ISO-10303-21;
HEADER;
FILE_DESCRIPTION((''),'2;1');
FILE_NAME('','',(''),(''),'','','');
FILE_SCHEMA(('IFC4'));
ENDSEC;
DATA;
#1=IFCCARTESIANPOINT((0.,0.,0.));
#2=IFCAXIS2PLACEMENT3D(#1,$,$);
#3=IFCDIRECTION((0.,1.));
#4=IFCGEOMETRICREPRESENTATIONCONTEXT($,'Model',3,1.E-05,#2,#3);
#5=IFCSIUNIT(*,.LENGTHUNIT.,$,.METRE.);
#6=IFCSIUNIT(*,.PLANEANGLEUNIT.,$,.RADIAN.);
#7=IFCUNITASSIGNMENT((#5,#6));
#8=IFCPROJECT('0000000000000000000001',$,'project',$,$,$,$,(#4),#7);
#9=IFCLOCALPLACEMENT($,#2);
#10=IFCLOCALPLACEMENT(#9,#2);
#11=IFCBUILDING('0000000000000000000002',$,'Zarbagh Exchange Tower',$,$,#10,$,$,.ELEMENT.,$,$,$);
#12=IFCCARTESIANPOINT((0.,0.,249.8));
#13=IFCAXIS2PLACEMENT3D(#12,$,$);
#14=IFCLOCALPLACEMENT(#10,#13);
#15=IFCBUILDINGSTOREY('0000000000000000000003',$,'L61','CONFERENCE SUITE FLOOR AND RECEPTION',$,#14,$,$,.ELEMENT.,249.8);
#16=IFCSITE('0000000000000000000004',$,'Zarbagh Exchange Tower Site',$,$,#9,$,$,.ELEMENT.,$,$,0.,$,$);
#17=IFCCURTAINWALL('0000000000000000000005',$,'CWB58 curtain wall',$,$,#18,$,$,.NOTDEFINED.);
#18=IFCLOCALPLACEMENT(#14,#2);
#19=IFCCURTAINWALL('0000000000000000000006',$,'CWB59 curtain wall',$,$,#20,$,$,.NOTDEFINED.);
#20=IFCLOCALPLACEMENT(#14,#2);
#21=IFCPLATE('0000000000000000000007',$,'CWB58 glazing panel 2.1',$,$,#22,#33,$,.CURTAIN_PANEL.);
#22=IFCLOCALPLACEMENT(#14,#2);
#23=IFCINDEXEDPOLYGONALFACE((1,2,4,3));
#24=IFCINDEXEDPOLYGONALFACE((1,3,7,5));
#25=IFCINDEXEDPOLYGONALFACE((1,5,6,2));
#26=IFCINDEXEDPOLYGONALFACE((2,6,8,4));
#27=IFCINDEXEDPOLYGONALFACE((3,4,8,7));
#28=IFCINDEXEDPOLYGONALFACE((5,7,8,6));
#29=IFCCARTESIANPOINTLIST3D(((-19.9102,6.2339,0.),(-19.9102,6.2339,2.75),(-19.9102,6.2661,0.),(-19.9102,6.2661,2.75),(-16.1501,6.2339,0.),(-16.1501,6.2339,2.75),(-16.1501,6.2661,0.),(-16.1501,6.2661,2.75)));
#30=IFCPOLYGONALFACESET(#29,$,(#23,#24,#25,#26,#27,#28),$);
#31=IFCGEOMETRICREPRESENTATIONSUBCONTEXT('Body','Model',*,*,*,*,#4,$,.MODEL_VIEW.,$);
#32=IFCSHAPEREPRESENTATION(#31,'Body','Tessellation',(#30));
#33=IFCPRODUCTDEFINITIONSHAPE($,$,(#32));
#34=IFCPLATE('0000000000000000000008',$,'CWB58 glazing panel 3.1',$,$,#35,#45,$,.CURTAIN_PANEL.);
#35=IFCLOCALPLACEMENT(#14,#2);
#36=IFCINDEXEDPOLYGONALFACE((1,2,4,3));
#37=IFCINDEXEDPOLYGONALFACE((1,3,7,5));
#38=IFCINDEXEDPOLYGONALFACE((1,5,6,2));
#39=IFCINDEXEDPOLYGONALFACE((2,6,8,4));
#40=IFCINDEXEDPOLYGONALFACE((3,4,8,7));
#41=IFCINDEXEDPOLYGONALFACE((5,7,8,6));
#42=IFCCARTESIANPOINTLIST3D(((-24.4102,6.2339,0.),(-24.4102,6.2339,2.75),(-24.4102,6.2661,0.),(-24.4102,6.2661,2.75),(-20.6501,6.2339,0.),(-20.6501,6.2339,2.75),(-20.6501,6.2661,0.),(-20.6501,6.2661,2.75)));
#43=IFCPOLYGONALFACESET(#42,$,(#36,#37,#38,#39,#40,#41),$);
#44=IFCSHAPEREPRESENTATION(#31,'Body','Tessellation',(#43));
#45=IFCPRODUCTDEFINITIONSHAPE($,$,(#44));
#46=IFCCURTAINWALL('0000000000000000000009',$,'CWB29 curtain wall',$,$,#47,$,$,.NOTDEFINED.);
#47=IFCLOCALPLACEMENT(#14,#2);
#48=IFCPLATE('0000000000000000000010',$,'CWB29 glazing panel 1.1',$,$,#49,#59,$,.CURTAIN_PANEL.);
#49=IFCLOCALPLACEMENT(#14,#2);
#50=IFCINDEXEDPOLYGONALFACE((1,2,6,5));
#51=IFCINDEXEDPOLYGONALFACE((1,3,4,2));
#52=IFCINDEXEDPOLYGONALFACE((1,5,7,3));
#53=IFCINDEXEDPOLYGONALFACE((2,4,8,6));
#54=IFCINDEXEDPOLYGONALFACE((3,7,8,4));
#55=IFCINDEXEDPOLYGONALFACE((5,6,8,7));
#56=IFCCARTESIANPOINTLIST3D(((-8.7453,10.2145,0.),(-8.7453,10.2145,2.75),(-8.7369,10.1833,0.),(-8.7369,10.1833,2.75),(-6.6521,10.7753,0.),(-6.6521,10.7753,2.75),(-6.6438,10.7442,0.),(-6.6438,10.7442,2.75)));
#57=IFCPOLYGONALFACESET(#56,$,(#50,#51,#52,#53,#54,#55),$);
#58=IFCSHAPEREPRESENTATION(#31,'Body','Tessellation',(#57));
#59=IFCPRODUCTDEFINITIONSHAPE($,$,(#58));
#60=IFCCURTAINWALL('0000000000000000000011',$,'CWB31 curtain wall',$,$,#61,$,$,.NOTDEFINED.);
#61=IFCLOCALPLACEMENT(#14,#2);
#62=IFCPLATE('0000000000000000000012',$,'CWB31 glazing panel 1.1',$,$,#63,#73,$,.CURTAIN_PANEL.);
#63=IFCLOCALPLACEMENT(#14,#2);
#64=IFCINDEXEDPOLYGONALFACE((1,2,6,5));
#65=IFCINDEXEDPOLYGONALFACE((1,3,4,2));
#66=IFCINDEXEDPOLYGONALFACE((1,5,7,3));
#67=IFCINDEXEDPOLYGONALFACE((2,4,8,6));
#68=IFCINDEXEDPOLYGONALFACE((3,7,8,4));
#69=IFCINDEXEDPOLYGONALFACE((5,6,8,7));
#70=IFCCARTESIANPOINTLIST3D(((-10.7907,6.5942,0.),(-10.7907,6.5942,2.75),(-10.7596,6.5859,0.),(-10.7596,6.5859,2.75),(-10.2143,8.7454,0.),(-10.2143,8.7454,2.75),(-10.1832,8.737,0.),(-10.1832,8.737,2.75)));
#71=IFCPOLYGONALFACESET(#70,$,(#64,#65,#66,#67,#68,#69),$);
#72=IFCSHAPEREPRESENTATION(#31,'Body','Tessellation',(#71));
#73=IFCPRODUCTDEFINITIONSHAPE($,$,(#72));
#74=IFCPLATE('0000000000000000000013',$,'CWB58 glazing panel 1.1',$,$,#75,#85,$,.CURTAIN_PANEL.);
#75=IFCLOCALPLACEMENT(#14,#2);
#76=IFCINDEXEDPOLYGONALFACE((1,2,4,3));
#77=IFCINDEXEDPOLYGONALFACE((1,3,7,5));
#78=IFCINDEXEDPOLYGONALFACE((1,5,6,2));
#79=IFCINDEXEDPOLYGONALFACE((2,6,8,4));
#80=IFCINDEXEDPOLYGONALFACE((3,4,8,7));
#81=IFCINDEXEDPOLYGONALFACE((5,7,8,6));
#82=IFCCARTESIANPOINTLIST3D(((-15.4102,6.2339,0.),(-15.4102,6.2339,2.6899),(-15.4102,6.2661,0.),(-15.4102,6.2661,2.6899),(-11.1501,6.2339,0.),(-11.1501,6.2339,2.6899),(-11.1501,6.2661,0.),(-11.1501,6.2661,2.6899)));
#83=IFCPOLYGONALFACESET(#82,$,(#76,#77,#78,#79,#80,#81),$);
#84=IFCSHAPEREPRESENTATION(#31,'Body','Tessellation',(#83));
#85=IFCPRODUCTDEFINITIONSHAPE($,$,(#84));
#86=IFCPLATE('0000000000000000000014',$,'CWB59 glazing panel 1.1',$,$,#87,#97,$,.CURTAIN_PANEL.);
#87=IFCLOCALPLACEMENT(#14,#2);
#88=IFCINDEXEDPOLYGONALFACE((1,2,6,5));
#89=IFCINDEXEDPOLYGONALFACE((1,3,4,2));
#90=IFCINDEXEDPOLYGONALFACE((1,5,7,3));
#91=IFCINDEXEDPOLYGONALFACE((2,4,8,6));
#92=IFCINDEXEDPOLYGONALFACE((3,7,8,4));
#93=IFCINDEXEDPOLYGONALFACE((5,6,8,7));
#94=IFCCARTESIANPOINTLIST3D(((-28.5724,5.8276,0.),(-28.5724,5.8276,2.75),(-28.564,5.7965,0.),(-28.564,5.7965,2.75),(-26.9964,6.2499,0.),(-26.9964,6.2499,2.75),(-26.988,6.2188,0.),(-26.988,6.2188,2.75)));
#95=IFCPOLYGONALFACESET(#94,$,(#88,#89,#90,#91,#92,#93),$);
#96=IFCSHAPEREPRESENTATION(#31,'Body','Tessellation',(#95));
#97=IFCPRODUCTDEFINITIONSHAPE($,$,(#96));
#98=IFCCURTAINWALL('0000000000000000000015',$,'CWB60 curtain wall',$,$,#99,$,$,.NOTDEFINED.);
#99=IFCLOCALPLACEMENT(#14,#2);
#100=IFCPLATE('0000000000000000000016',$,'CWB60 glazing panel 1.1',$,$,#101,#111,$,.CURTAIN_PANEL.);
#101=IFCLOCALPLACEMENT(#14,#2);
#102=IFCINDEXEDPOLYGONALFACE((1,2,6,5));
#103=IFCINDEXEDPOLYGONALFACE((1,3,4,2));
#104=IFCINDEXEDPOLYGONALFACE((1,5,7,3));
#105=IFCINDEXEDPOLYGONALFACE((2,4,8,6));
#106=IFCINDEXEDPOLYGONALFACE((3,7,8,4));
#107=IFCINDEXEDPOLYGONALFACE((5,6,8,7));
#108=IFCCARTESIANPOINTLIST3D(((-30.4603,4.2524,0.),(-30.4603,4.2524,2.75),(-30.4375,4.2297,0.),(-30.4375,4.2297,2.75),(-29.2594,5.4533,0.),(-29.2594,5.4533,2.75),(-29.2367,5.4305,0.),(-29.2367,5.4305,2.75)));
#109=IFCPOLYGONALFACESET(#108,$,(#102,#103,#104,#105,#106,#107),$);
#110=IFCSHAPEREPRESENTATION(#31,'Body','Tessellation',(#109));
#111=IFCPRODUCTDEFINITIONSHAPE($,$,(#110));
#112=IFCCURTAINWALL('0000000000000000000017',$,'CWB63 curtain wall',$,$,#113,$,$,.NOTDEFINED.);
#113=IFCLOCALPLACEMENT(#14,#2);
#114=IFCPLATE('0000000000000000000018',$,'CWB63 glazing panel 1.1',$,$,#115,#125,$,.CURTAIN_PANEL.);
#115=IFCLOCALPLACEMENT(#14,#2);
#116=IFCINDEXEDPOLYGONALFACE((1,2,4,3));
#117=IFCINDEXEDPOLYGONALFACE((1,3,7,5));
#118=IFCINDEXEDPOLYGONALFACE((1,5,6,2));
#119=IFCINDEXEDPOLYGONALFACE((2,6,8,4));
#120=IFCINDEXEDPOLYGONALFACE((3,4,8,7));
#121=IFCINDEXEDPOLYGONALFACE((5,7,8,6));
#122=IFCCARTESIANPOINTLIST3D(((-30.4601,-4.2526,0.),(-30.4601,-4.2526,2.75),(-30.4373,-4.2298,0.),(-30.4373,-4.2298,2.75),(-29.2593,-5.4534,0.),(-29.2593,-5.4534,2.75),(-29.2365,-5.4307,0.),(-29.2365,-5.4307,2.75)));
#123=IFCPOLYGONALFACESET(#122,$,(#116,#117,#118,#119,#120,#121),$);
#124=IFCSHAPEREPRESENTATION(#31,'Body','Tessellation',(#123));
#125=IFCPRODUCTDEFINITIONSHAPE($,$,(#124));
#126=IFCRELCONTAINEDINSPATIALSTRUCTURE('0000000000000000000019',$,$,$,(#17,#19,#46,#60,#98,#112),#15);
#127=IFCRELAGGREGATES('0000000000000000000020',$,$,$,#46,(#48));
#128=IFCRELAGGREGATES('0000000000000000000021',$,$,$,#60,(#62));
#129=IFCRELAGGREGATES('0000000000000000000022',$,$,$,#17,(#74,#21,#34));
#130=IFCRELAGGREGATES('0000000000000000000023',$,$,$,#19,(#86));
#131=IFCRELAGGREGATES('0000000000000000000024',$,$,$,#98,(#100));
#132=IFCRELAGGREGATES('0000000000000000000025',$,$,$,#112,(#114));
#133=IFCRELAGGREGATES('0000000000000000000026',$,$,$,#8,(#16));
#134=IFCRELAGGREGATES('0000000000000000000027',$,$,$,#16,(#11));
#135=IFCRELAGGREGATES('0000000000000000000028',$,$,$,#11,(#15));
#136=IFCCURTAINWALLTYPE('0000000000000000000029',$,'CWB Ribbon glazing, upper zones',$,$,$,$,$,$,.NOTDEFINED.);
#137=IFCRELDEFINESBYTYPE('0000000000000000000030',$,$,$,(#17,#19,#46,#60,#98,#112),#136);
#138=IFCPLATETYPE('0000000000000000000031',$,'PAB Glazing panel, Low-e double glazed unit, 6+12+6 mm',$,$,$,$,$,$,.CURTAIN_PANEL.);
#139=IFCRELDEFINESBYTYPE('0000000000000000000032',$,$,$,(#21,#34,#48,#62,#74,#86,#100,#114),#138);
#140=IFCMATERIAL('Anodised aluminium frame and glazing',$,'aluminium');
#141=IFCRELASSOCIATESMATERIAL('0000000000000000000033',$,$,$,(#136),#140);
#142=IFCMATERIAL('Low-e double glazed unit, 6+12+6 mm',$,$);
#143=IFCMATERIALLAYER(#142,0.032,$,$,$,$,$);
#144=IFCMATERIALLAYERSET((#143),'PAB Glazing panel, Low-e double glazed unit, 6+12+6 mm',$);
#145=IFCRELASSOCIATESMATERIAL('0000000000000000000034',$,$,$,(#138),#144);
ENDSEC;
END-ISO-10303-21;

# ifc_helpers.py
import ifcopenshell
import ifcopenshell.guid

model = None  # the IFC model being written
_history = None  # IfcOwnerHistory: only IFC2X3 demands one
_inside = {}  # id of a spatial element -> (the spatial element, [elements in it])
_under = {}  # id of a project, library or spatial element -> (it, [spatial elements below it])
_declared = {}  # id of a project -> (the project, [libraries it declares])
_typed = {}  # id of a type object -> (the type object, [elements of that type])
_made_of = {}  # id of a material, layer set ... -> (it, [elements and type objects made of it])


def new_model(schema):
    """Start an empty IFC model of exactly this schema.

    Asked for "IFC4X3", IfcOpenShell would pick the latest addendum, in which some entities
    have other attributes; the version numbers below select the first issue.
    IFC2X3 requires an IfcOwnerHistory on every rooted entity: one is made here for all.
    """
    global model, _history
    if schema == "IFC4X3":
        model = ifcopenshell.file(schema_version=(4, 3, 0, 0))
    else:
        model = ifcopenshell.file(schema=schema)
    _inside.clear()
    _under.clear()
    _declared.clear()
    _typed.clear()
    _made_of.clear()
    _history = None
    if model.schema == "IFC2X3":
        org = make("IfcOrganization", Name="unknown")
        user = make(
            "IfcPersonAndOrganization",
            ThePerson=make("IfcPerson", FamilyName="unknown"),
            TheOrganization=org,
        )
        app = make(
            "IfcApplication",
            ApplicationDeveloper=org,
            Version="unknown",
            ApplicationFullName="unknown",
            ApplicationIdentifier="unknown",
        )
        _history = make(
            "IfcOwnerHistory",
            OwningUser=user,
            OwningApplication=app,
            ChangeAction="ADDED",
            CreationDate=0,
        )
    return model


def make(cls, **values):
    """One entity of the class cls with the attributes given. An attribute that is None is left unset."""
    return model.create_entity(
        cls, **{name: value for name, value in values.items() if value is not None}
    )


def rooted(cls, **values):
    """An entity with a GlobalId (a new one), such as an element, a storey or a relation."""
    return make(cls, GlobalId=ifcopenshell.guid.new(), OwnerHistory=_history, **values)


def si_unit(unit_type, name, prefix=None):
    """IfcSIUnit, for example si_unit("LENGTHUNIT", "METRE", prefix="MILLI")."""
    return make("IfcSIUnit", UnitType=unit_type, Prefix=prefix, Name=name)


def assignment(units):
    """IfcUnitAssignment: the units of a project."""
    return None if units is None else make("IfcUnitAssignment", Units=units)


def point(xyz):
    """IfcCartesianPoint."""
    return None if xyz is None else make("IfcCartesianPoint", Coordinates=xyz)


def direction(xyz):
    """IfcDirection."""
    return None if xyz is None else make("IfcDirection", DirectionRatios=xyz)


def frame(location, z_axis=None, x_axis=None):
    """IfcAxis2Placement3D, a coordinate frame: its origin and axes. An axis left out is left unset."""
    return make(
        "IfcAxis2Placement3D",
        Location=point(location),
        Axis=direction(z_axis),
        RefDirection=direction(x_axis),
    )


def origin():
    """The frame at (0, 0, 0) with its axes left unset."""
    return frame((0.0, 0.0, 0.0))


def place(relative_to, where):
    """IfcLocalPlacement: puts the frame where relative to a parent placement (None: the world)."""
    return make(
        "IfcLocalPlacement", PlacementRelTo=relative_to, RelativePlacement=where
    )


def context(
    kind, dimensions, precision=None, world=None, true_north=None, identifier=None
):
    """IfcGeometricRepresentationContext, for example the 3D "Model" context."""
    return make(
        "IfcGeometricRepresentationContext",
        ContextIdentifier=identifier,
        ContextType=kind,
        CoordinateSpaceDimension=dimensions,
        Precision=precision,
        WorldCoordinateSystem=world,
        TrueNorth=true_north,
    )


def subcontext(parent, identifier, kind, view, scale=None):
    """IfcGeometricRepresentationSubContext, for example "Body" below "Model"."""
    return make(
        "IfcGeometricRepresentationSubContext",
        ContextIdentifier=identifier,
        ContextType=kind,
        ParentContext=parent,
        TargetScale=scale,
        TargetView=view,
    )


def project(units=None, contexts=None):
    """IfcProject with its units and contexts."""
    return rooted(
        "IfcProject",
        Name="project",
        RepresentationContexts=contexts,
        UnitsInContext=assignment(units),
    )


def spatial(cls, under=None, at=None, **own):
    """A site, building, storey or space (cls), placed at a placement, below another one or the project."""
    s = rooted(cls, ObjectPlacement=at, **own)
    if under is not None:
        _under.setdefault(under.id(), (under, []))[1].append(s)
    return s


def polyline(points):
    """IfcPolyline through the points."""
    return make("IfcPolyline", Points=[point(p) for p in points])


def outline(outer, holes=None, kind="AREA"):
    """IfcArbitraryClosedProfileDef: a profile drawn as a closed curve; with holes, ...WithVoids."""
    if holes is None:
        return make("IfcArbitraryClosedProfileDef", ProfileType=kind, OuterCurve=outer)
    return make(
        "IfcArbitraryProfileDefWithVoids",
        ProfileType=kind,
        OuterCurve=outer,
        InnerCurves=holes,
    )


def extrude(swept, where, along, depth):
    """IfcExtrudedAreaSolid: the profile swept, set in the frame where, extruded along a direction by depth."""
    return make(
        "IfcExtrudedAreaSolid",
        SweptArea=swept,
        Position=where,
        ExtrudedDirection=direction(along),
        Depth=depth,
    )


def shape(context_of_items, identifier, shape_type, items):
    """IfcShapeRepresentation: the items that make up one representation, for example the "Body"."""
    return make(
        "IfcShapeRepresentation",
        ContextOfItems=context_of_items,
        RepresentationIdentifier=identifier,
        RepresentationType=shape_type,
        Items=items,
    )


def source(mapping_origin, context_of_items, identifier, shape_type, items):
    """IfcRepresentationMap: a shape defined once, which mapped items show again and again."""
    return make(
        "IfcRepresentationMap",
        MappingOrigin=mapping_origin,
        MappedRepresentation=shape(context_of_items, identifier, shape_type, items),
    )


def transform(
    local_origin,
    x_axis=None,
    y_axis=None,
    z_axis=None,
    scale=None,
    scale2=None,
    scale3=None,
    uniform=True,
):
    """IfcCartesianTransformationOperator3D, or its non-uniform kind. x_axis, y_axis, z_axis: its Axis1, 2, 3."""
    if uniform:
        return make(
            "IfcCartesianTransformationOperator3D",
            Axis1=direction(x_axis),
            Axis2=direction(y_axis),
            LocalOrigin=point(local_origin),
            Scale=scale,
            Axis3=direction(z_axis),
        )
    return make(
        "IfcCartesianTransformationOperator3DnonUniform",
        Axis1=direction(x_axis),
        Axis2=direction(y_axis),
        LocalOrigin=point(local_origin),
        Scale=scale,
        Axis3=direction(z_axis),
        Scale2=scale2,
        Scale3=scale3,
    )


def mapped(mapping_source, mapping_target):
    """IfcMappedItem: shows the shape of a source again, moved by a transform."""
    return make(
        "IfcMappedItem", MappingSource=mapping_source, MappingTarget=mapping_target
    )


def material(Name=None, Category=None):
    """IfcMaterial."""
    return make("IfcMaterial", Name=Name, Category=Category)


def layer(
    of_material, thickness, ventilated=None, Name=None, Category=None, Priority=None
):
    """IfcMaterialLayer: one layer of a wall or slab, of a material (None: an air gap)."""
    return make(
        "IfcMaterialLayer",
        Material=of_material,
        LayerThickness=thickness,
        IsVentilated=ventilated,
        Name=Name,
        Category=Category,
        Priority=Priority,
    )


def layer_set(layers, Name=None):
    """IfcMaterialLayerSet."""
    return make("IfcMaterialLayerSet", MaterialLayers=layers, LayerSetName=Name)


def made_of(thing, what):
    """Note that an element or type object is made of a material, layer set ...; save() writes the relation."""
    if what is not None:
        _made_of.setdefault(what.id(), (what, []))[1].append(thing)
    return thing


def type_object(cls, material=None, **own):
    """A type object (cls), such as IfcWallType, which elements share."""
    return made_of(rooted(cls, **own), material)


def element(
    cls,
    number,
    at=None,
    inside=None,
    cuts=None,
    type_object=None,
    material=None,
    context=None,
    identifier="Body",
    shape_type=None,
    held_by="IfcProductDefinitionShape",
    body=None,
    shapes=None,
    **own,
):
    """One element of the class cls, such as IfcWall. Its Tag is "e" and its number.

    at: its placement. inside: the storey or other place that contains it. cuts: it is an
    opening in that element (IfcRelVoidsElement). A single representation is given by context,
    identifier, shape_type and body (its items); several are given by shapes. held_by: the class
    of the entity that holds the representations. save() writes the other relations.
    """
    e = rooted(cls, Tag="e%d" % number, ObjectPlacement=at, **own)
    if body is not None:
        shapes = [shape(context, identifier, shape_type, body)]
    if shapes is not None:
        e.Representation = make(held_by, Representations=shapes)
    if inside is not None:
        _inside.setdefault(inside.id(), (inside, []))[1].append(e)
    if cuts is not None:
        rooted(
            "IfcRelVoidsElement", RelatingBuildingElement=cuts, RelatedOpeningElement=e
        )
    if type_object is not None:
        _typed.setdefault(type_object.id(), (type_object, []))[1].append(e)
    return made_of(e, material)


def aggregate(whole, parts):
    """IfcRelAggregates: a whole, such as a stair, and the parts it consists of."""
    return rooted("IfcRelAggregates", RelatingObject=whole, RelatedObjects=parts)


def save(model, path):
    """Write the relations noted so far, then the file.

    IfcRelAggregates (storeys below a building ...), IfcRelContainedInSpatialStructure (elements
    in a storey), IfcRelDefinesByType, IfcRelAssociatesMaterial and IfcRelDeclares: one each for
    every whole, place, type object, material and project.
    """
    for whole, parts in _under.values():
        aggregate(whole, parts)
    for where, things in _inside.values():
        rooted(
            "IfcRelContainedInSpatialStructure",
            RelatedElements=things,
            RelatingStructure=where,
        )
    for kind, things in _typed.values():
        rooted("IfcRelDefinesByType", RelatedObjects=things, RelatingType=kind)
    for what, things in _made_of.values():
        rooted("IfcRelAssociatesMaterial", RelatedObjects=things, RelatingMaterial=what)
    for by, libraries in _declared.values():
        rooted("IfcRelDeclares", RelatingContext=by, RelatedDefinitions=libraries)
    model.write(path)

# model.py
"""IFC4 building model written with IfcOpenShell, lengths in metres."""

from ifc_helpers import new_model, si_unit, direction, frame, origin, place, context, subcontext, project, spatial, polyline, outline, extrude, source, transform, mapped, material, layer, layer_set, type_object, element, aggregate, save


model = new_model("IFC4")

# Units and contexts
model_context = context("Model", 3, precision=1e-05, world=origin(), true_north=direction((0.0, 1.0)))
body_context = subcontext(model_context, "Body", "Model", "MODEL_VIEW")
ifc_project = project(units=[si_unit("LENGTHUNIT", "METRE"), si_unit("PLANEANGLEUNIT", "RADIAN")], contexts=[model_context])

# Site, building, storey
site_placement = place(None, origin())
site = spatial("IfcSite", under=ifc_project, at=site_placement, Name="Zarbagh Exchange Tower Site", CompositionType="ELEMENT", RefElevation=0.0)
building_placement = place(site_placement, origin())
building = spatial("IfcBuilding", under=site, at=building_placement, Name="Zarbagh Exchange Tower", CompositionType="ELEMENT")
storey_placement = place(building_placement, frame((0.0, 0.0, 249.8)))
storey = spatial("IfcBuildingStorey", under=building, at=storey_placement, Name="L61", Description="CONFERENCE SUITE FLOOR AND RECEPTION", CompositionType="ELEMENT", Elevation=249.8)

# Curtain wall
ifc_material_1 = material(Name="Anodised aluminium frame and glazing", Category="aluminium")
curtain_wall_type = type_object("IfcCurtainWallType", Name="CWB Ribbon glazing, upper zones", PredefinedType="NOTDEFINED", material=ifc_material_1)
curtain_wall_1_placement = place(storey_placement, origin())
curtain_wall_1 = element("IfcCurtainWall", 1, at=curtain_wall_1_placement, inside=storey, type_object=curtain_wall_type, Name="CWB58 curtain wall", PredefinedType="NOTDEFINED")
placement = place(storey_placement, origin())

# Curtain wall
curtain_wall_2_placement = place(storey_placement, origin())
curtain_wall_2 = element("IfcCurtainWall", 2, at=curtain_wall_2_placement, inside=storey, type_object=curtain_wall_type, Name="CWB59 curtain wall", PredefinedType="NOTDEFINED")

# Shared definitions
ifc_material_2 = material(Name="Low-e double glazed unit, 6+12+6 mm")
ifc_layer = layer(ifc_material_2, 0.032)
ifc_layer_set = layer_set([ifc_layer], Name="PAB Glazing panel, Low-e double glazed unit, 6+12+6 mm")
plate_type = type_object("IfcPlateType", Name="PAB Glazing panel, Low-e double glazed unit, 6+12+6 mm", PredefinedType="CURTAIN_PANEL", material=ifc_layer_set)

# Plates
shared_shape_1 = source(origin(), body_context, "Body", "SweptSolid", [
    extrude(outline(polyline([(0.0, -0.0161), (3.76, -0.0161), (3.76, 0.0161), (0.0, 0.0161), (0.0, -0.0161)])), origin(), (0.0, 0.0, 1.0), 2.75),
])
plate_1 = element("IfcPlate", 3, at=placement, type_object=plate_type, Name="CWB58 glazing panel 2.1", PredefinedType="CURTAIN_PANEL", context=body_context, shape_type="MappedRepresentation", body=[
    mapped(shared_shape_1, transform((-16.1501, 6.25, 0.0), x_axis=(-1.0, 0.0, 0.0), y_axis=(0.0, -1.0, 0.0), z_axis=(0.0, 0.0, 1.0))),
])
plate_2 = element("IfcPlate", 4, at=placement, type_object=plate_type, Name="CWB58 glazing panel 3.1", PredefinedType="CURTAIN_PANEL", context=body_context, shape_type="MappedRepresentation", body=[
    mapped(shared_shape_1, transform((-20.6501, 6.25, 0.0), x_axis=(-1.0, 0.0, 0.0), y_axis=(0.0, -1.0, 0.0), z_axis=(0.0, 0.0, 1.0))),
])

# Curtain walls, plates
curtain_wall_3_placement = place(storey_placement, origin())
curtain_wall_3 = element("IfcCurtainWall", 5, at=curtain_wall_3_placement, inside=storey, type_object=curtain_wall_type, Name="CWB29 curtain wall", PredefinedType="NOTDEFINED")
shared_shape_2 = source(origin(), body_context, "Body", "SweptSolid", [
    extrude(outline(polyline([(0.0, -0.0161), (2.167, -0.0161), (2.167, 0.0161), (0.0, 0.0161), (0.0, -0.0161)])), origin(), (0.0, 0.0, 1.0), 2.75),
])
plate_3 = element("IfcPlate", 6, at=placement, type_object=plate_type, Name="CWB29 glazing panel 1.1", PredefinedType="CURTAIN_PANEL", context=body_context, shape_type="MappedRepresentation", body=[
    mapped(shared_shape_2, transform((-6.6479, 10.7598, 0.0), x_axis=(-0.965924, -0.258825, 0.0), y_axis=(0.258825, -0.965924, 0.0), z_axis=(0.0, 0.0, 1.0))),
])
aggregate(curtain_wall_3, [plate_3])
curtain_wall_4_placement = place(storey_placement, origin())
curtain_wall_4 = element("IfcCurtainWall", 7, at=curtain_wall_4_placement, inside=storey, type_object=curtain_wall_type, Name="CWB31 curtain wall", PredefinedType="NOTDEFINED")
shared_shape_3 = source(origin(), body_context, "Body", "SweptSolid", [
    extrude(outline(polyline([(0.0, -0.0161), (2.2271, -0.0161), (2.2271, 0.0161), (0.0, 0.0161), (0.0, -0.0161)])), origin(), (0.0, 0.0, 1.0), 2.75),
])
plate_4 = element("IfcPlate", 8, at=placement, type_object=plate_type, Name="CWB31 glazing panel 1.1", PredefinedType="CURTAIN_PANEL", context=body_context, shape_type="MappedRepresentation", body=[
    mapped(shared_shape_3, transform((-10.1987, 8.7412, 0.0), x_axis=(-0.258825, -0.965924, 0.0), y_axis=(0.965924, -0.258825, 0.0), z_axis=(0.0, 0.0, 1.0))),
])
aggregate(curtain_wall_4, [plate_4])

# Plates
shared_shape_4 = source(origin(), body_context, "Body", "SweptSolid", [
    extrude(outline(polyline([(0.0, -0.0161), (4.26, -0.0161), (4.26, 0.0161), (0.0, 0.0161), (0.0, -0.0161)])), origin(), (0.0, 0.0, 1.0), 2.6899),
])
plate_5 = element("IfcPlate", 9, at=placement, type_object=plate_type, Name="CWB58 glazing panel 1.1", PredefinedType="CURTAIN_PANEL", context=body_context, shape_type="MappedRepresentation", body=[
    mapped(shared_shape_4, transform((-11.1501, 6.25, 0.0), x_axis=(-1.0, 0.0, 0.0), y_axis=(0.0, -1.0, 0.0), z_axis=(0.0, 0.0, 1.0))),
])
aggregate(curtain_wall_1, [plate_5, plate_1, plate_2])
shared_shape_5 = source(origin(), body_context, "Body", "SweptSolid", [
    extrude(outline(polyline([(0.0, -0.0161), (1.6316, -0.0161), (1.6316, 0.0161), (0.0, 0.0161), (0.0, -0.0161)])), origin(), (0.0, 0.0, 1.0), 2.75),
])
plate_6 = element("IfcPlate", 10, at=placement, type_object=plate_type, Name="CWB59 glazing panel 1.1", PredefinedType="CURTAIN_PANEL", context=body_context, shape_type="MappedRepresentation", body=[
    mapped(shared_shape_5, transform((-26.9922, 6.2344, 0.0), x_axis=(-0.965924, -0.258825, 0.0), y_axis=(0.258825, -0.965924, 0.0), z_axis=(0.0, 0.0, 1.0))),
])
aggregate(curtain_wall_2, [plate_6])

# Curtain walls, plates
curtain_wall_5_placement = place(storey_placement, origin())
curtain_wall_5 = element("IfcCurtainWall", 11, at=curtain_wall_5_placement, inside=storey, type_object=curtain_wall_type, Name="CWB60 curtain wall", PredefinedType="NOTDEFINED")
shared_shape_6 = source(origin(), body_context, "Body", "SweptSolid", [
    extrude(outline(polyline([(0.0, -0.0161), (1.6982, -0.0161), (1.6982, 0.0161), (0.0, 0.0161), (0.0, -0.0161)])), origin(), (0.0, 0.0, 1.0), 2.75),
])
plate_7 = element("IfcPlate", 12, at=placement, type_object=plate_type, Name="CWB60 glazing panel 1.1", PredefinedType="CURTAIN_PANEL", context=body_context, shape_type="MappedRepresentation", body=[
    mapped(shared_shape_6, transform((-29.248, 5.4419, 0.0), x_axis=(-0.707107, -0.707107, 0.0), y_axis=(0.707107, -0.707107, 0.0), z_axis=(0.0, 0.0, 1.0))),
])
aggregate(curtain_wall_5, [plate_7])
curtain_wall_6_placement = place(storey_placement, origin())
curtain_wall_6 = element("IfcCurtainWall", 13, at=curtain_wall_6_placement, inside=storey, type_object=curtain_wall_type, Name="CWB63 curtain wall", PredefinedType="NOTDEFINED")
plate_8 = element("IfcPlate", 14, at=placement, type_object=plate_type, Name="CWB63 glazing panel 1.1", PredefinedType="CURTAIN_PANEL", context=body_context, shape_type="MappedRepresentation", body=[
    mapped(shared_shape_6, transform((-30.4487, -4.2412, 0.0), x_axis=(0.707107, -0.707107, 0.0), y_axis=(0.707107, 0.707107, 0.0), z_axis=(0.0, 0.0, 1.0))),
])
aggregate(curtain_wall_6, [plate_8])

save(model, "model.ifc")
